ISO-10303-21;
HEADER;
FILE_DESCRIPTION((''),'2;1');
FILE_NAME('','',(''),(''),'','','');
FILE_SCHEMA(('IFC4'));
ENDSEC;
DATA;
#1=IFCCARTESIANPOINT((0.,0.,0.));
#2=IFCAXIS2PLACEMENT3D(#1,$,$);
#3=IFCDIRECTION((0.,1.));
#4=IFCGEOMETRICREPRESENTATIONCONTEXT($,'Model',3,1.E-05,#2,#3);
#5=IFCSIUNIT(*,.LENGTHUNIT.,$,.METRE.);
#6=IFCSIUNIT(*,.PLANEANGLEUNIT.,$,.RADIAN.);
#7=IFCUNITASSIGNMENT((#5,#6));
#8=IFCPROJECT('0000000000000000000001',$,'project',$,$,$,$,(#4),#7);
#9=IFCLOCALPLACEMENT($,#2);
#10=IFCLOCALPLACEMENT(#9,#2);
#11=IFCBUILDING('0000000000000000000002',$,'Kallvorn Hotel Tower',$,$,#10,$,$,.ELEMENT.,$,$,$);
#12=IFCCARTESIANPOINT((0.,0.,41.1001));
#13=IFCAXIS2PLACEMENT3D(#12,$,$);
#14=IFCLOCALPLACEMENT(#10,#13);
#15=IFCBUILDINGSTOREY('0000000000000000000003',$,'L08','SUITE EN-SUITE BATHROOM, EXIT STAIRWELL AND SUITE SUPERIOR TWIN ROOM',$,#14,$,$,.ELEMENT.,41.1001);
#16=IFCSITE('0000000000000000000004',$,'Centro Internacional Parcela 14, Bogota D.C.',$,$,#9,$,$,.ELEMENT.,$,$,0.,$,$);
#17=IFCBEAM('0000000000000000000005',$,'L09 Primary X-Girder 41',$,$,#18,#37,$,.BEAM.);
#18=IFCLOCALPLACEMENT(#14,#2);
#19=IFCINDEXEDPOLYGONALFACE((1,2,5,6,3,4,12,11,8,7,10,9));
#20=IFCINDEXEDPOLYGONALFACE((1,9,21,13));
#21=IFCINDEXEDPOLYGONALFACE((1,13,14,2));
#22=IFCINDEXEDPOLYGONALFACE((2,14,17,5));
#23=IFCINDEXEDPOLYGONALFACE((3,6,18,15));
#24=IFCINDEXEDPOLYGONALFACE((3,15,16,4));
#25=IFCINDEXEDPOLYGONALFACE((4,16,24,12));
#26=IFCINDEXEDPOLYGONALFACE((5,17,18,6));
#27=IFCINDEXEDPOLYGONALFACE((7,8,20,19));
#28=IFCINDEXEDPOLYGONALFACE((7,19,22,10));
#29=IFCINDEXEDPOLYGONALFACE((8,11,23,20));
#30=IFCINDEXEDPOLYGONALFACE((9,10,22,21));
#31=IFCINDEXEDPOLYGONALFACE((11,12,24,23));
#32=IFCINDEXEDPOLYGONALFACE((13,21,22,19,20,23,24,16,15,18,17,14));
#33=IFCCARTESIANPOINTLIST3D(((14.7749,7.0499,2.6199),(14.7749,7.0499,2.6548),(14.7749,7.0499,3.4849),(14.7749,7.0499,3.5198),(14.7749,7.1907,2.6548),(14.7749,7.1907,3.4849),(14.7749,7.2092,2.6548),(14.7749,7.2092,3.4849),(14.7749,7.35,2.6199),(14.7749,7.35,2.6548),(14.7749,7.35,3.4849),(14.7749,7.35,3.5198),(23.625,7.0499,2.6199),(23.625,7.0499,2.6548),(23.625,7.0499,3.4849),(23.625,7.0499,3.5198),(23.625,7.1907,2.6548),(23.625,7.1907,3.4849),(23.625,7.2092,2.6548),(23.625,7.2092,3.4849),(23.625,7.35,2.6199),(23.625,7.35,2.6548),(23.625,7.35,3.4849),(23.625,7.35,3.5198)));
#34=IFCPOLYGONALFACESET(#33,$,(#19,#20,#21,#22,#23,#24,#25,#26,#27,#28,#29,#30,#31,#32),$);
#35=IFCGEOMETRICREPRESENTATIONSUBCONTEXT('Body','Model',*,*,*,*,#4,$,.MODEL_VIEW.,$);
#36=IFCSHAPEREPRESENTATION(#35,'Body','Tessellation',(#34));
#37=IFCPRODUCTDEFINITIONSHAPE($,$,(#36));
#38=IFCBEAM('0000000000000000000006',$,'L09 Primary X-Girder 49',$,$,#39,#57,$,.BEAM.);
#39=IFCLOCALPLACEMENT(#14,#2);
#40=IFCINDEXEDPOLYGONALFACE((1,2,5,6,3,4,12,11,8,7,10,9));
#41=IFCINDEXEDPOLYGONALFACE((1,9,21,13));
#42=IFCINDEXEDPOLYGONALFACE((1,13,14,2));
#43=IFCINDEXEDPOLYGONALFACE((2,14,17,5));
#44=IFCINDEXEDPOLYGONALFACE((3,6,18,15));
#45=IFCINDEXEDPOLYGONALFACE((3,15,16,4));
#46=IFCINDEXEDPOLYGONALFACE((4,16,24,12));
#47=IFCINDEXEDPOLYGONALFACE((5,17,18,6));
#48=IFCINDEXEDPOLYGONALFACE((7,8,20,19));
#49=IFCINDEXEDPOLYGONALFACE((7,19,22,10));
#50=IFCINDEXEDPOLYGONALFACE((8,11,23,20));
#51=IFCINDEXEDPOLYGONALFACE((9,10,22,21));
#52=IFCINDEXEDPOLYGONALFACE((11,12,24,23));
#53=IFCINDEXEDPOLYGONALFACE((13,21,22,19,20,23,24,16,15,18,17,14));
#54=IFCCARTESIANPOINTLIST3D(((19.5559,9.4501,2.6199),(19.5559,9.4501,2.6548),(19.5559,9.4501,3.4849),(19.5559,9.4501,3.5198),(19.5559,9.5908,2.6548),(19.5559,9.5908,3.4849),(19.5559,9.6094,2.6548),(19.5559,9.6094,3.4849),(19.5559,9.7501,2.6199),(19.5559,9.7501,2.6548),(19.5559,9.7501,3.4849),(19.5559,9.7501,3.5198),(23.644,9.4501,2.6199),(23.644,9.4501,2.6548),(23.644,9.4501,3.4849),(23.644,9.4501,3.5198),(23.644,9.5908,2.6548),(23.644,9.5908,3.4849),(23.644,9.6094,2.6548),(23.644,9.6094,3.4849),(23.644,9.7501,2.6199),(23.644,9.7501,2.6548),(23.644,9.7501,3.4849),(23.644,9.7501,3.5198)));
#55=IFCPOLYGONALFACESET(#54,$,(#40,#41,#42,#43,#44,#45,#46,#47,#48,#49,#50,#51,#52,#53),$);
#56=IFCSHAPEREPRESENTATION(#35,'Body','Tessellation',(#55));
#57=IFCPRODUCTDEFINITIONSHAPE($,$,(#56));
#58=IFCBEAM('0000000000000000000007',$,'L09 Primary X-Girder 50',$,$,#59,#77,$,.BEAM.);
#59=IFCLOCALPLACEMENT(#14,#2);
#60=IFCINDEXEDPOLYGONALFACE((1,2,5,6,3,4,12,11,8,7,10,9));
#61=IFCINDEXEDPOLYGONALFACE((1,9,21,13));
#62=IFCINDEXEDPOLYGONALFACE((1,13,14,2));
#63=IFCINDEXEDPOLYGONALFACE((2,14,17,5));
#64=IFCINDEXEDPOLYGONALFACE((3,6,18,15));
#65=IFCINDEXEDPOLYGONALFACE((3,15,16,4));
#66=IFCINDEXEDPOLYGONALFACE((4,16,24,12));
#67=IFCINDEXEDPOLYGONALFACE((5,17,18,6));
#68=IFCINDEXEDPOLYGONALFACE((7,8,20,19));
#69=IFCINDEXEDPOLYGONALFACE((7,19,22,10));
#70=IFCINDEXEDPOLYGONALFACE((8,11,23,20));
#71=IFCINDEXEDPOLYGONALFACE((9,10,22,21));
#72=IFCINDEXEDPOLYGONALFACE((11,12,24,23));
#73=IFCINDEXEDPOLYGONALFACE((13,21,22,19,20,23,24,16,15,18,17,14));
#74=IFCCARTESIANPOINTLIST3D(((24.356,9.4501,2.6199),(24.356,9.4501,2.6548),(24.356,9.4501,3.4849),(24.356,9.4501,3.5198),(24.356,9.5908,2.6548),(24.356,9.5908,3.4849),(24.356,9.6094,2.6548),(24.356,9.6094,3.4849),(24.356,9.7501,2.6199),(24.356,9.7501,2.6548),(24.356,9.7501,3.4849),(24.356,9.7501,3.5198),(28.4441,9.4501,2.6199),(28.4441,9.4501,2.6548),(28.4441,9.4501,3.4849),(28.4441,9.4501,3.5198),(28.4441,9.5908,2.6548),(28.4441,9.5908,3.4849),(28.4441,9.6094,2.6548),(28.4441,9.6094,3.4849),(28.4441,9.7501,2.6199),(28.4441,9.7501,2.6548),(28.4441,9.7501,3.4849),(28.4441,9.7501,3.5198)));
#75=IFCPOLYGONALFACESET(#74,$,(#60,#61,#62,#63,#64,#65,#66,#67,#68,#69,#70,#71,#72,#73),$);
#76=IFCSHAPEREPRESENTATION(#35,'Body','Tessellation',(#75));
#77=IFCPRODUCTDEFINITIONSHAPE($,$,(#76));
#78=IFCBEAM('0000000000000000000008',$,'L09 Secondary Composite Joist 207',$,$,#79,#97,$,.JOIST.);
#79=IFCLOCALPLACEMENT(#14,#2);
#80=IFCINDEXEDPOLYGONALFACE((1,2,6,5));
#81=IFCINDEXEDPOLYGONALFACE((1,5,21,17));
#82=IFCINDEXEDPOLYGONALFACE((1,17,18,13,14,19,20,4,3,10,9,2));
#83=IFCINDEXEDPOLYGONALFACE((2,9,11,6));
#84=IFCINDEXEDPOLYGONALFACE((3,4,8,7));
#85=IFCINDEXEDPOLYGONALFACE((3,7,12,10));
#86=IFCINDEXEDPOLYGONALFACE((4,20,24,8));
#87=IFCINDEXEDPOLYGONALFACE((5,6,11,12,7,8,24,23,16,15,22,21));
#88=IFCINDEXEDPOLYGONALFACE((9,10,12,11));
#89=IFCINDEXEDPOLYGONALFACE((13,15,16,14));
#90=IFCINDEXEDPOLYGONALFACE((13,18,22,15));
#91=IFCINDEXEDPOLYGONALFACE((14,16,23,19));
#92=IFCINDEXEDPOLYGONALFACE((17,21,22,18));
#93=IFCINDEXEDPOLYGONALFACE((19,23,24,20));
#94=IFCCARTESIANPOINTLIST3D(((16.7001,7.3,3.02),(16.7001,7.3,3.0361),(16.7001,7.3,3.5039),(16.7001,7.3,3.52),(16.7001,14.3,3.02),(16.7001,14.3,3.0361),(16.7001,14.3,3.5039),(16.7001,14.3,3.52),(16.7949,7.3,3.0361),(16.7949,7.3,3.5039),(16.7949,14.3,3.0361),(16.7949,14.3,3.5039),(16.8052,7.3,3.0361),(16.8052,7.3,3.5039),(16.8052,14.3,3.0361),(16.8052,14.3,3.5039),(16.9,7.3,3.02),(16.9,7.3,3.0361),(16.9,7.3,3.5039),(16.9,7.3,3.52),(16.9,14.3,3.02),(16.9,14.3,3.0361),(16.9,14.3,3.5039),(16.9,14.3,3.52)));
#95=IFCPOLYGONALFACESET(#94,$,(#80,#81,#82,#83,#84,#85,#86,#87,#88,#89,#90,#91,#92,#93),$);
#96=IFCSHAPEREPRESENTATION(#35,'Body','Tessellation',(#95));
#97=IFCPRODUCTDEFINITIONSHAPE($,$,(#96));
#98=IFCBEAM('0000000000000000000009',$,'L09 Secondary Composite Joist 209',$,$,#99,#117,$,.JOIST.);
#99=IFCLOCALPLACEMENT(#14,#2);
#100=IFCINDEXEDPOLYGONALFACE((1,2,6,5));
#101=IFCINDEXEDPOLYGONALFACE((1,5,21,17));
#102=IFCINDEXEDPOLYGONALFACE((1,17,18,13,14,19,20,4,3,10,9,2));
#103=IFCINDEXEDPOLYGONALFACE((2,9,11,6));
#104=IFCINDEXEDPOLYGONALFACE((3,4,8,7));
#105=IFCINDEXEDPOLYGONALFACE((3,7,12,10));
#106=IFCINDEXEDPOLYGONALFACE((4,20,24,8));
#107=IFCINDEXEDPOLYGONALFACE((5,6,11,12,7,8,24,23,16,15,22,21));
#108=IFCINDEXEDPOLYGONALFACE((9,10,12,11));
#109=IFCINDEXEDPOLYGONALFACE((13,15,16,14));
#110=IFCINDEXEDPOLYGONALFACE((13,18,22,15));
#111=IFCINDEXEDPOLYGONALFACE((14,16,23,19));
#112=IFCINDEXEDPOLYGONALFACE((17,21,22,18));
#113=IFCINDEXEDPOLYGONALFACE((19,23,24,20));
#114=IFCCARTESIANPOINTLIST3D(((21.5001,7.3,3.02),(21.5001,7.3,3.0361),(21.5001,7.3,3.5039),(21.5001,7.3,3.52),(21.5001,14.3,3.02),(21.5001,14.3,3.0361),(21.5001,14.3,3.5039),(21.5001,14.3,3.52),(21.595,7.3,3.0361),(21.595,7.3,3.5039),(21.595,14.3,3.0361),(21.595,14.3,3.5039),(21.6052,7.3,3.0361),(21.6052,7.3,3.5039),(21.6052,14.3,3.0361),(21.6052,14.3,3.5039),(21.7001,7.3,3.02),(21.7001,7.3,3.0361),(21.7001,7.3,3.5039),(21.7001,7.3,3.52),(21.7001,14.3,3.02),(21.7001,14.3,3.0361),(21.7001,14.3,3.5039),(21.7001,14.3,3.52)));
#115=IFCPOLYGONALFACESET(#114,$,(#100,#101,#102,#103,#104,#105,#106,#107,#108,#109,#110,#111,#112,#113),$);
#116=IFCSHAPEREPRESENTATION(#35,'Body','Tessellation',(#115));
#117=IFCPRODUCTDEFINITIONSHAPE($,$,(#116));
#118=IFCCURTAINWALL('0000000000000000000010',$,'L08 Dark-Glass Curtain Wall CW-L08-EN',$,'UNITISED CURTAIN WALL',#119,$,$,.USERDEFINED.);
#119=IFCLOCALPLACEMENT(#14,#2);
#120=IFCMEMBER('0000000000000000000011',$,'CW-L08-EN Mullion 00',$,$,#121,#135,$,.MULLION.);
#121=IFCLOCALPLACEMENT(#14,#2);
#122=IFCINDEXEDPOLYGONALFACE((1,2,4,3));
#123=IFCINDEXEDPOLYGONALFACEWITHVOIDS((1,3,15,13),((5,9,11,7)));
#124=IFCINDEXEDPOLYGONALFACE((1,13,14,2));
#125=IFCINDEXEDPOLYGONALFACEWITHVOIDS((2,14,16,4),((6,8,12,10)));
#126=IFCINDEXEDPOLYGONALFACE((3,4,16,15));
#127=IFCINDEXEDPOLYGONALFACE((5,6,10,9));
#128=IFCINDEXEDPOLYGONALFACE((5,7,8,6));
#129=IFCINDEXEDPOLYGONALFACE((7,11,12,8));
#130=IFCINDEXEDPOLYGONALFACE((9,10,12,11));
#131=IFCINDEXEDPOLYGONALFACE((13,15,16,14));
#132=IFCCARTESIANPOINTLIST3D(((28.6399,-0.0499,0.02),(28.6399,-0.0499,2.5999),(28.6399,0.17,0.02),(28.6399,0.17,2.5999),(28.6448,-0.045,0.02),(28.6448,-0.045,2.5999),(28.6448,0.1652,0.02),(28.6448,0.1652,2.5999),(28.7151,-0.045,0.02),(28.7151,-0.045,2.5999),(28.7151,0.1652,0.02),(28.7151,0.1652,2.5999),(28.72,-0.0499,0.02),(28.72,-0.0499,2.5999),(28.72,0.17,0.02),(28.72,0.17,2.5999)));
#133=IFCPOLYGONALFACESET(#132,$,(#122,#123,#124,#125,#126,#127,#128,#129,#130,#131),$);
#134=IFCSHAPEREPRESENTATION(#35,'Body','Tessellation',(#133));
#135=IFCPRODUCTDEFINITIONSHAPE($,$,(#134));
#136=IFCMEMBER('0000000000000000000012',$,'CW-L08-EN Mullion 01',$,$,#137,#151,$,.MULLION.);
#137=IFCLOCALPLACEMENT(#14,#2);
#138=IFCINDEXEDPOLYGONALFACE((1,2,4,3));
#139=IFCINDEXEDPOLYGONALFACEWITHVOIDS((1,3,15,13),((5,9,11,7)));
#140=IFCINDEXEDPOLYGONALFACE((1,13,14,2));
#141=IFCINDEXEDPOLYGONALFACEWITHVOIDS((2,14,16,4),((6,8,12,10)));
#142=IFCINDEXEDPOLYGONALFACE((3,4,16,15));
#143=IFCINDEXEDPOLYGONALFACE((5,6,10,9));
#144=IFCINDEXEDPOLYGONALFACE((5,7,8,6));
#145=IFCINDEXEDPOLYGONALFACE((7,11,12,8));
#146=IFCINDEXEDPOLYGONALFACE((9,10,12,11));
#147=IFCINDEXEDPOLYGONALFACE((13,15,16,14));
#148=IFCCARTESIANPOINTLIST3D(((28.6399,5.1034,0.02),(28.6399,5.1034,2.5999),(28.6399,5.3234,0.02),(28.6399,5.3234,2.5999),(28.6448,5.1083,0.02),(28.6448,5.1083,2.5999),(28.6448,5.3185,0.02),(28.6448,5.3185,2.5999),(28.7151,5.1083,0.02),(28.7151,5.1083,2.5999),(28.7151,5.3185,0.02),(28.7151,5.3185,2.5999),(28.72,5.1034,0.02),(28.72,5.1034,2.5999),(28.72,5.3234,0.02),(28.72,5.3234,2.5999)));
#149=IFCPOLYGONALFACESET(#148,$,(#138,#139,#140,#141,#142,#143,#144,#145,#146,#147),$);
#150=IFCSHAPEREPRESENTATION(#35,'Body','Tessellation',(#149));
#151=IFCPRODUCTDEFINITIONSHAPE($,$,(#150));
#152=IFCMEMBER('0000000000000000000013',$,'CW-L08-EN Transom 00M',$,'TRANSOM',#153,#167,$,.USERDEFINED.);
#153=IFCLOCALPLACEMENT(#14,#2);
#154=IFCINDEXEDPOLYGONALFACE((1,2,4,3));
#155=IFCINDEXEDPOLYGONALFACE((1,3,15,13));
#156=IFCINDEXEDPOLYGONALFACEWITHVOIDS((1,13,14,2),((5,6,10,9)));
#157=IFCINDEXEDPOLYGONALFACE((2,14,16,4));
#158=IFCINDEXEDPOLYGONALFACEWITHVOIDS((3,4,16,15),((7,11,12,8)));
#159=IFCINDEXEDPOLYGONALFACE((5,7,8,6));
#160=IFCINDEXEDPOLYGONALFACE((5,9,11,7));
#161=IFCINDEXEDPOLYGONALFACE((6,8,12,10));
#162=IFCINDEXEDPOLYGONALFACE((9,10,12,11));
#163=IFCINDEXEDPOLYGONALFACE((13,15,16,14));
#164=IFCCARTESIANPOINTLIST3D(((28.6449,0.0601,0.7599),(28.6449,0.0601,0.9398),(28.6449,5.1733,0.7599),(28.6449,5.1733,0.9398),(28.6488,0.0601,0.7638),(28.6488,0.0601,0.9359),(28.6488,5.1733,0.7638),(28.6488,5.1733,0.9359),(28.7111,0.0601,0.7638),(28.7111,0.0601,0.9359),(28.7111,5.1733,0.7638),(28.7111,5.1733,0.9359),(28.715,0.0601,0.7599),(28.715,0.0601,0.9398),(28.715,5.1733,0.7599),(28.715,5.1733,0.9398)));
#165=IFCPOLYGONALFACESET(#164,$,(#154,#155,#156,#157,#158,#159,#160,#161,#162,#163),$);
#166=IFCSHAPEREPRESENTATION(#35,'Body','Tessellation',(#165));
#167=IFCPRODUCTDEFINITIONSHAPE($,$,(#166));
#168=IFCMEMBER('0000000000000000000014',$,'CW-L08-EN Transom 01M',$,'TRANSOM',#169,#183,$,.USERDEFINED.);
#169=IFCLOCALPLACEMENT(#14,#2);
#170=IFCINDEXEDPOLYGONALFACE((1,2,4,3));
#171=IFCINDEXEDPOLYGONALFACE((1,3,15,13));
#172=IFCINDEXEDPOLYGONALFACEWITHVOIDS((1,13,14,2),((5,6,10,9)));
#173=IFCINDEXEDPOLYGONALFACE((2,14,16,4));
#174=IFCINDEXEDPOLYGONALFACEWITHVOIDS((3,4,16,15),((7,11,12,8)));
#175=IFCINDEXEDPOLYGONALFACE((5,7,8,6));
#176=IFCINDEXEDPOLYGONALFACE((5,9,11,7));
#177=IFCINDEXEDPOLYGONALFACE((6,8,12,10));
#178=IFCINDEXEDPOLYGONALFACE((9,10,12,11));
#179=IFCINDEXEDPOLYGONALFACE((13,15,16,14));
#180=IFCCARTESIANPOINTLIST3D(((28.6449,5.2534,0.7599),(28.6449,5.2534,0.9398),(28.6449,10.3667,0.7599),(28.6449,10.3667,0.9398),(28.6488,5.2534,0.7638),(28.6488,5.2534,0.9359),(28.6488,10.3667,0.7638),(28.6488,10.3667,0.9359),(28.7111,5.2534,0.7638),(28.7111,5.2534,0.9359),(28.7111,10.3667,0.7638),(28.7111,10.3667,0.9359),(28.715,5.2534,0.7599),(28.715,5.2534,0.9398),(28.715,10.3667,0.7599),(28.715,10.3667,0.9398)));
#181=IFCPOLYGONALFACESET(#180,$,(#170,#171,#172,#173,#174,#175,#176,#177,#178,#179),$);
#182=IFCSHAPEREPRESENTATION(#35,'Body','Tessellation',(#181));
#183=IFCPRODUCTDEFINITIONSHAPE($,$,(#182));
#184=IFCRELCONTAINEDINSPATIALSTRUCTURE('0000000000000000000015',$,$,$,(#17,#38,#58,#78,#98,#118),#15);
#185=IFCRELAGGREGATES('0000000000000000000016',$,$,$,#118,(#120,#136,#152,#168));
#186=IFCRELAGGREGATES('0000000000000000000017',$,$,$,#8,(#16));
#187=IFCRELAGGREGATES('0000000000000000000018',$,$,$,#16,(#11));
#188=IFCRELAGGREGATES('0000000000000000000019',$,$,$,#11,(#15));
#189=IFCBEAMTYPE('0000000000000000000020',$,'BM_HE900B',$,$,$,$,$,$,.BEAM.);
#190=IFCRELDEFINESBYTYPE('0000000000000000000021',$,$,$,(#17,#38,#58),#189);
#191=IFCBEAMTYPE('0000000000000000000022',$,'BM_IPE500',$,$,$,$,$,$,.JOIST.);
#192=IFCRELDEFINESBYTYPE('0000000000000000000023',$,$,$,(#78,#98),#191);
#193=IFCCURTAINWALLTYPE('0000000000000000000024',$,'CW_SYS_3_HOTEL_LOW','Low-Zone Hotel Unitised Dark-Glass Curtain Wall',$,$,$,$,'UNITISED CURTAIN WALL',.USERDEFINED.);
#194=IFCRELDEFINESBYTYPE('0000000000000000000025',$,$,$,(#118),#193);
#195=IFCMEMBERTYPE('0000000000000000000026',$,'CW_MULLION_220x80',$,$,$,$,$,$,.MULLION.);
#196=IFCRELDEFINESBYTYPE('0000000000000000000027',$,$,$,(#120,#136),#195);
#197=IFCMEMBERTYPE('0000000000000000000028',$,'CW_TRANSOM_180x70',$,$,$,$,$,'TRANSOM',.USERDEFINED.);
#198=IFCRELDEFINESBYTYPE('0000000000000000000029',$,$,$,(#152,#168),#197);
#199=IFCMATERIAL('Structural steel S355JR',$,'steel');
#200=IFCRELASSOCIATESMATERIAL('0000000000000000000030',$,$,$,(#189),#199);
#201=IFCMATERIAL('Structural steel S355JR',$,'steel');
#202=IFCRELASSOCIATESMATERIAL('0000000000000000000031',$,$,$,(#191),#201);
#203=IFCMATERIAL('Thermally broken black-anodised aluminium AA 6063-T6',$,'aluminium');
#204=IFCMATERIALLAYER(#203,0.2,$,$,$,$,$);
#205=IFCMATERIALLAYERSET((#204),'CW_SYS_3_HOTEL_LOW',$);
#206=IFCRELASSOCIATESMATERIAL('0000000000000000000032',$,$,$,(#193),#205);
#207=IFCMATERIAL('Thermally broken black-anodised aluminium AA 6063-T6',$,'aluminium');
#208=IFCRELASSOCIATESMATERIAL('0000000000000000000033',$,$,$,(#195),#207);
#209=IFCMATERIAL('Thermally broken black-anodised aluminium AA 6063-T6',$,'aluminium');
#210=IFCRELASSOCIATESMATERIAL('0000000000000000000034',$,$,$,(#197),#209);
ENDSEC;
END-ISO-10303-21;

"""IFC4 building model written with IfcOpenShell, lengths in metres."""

from ifc_helpers import new_model, si_unit, direction, frame, origin, origin_2d, place, context, subcontext, project, spatial, hollow_rectangle, i_section, extrude, material, layer, layer_set, material_profile, profile_set, type_object, element, aggregate, save


model = new_model("IFC4")

# Units and contexts
model_context = context("Model", 3, precision=1e-05, world=origin(), true_north=direction((0.0, 1.0)))
body_context = subcontext(model_context, "Body", "Model", "MODEL_VIEW")
ifc_project = project(units=[si_unit("LENGTHUNIT", "METRE"), si_unit("PLANEANGLEUNIT", "RADIAN")], contexts=[model_context])

# Site, building, storey
site_placement = place(None, origin())
site = spatial("IfcSite", under=ifc_project, at=site_placement, Name="Centro Internacional Parcela 14, Bogota D.C.", CompositionType="ELEMENT", RefElevation=0.0)
building_placement = place(site_placement, origin())
building = spatial("IfcBuilding", under=site, at=building_placement, Name="Kallvorn Hotel Tower", CompositionType="ELEMENT")
storey_placement = place(building_placement, frame((0.0, 0.0, 41.1001)))
storey = spatial("IfcBuildingStorey", under=building, at=storey_placement, Name="L08", Description="SUITE EN-SUITE BATHROOM, EXIT STAIRWELL AND SUITE SUPERIOR TWIN ROOM", CompositionType="ELEMENT", Elevation=41.1001)

# Beams
ifc_material_1 = material(Name="Structural steel S355JR", Category="steel")
ifc_material_profile_1 = material_profile(ifc_material_1, i_section(OverallWidth=0.3, OverallDepth=0.8999, WebThickness=0.0186, FlangeThickness=0.0349, at=origin_2d()), Name="HE 900 B")
ifc_profile_set_1 = profile_set([ifc_material_profile_1], Name="Structural steel S355JR")
beam_type_1 = type_object("IfcBeamType", Name="BM_HE900B", PredefinedType="BEAM", material=ifc_profile_set_1)
beam_1_placement = place(storey_placement, frame((14.7749, 7.2, 3.0698), z_axis=(1.0, 0.0, 0.0), x_axis=(0.0, 1.0, 0.0)))
element("IfcBeam", 1, at=beam_1_placement, inside=storey, type_object=beam_type_1, Name="L09 Primary X-Girder 41", PredefinedType="BEAM", context=body_context, shape_type="SweptSolid", body=[
    extrude(i_section(OverallWidth=0.3, OverallDepth=0.8999, WebThickness=0.0186, FlangeThickness=0.0349, at=origin_2d()), origin(), (0.0, 0.0, 1.0), 8.8501),
])
for number, where, z_axis, x_axis, name in (
    (2, (19.5559, 9.6001, 3.0698), (1.0, 0.0, 0.0), (0.0, 1.0, 0.0), "L09 Primary X-Girder 49"),
    (3, (24.356, 9.6001, 3.0698), (1.0, 0.0, 0.0), (0.0, 1.0, 0.0), "L09 Primary X-Girder 50"),
):
    element("IfcBeam", number, at=place(storey_placement, frame(where, z_axis=z_axis, x_axis=x_axis)), inside=storey, type_object=beam_type_1, Name=name, PredefinedType="BEAM", context=body_context, shape_type="SweptSolid", body=[
        extrude(i_section(OverallWidth=0.3, OverallDepth=0.8999, WebThickness=0.0186, FlangeThickness=0.0349, at=origin_2d()), origin(), (0.0, 0.0, 1.0), 4.0881),
    ])
ifc_material_2 = material(Name="Structural steel S355JR", Category="steel")
ifc_material_profile_2 = material_profile(ifc_material_2, i_section(OverallWidth=0.2, OverallDepth=0.5, WebThickness=0.0103, FlangeThickness=0.0161, at=origin_2d()), Name="IPE 500")
ifc_profile_set_2 = profile_set([ifc_material_profile_2], Name="Structural steel S355JR")
beam_type_2 = type_object("IfcBeamType", Name="BM_IPE500", PredefinedType="JOIST", material=ifc_profile_set_2)
for number, where, z_axis, x_axis, name in (
    (4, (16.8, 7.3, 3.27), (0.0, 1.0, 0.0), (-1.0, 0.0, 0.0), "L09 Secondary Composite Joist 207"),
    (5, (21.6001, 7.3, 3.27), (0.0, 1.0, 0.0), (-1.0, 0.0, 0.0), "L09 Secondary Composite Joist 209"),
):
    element("IfcBeam", number, at=place(storey_placement, frame(where, z_axis=z_axis, x_axis=x_axis)), inside=storey, type_object=beam_type_2, Name=name, PredefinedType="JOIST", context=body_context, shape_type="SweptSolid", body=[
        extrude(i_section(OverallWidth=0.2, OverallDepth=0.5, WebThickness=0.0103, FlangeThickness=0.0161, at=origin_2d()), origin(), (0.0, 0.0, 1.0), 7.0),
    ])

# Curtain wall, members
ifc_material_3 = material(Name="Thermally broken black-anodised aluminium AA 6063-T6", Category="aluminium")
ifc_layer_1 = layer(ifc_material_3, 0.2)
ifc_layer_set_1 = layer_set([ifc_layer_1], Name="CW_SYS_3_HOTEL_LOW")
curtain_wall_type = type_object("IfcCurtainWallType", Name="CW_SYS_3_HOTEL_LOW", Description="Low-Zone Hotel Unitised Dark-Glass Curtain Wall", ElementType="UNITISED CURTAIN WALL", PredefinedType="USERDEFINED", material=ifc_layer_set_1)
curtain_wall_placement = place(storey_placement, origin())
curtain_wall = element("IfcCurtainWall", 6, at=curtain_wall_placement, inside=storey, type_object=curtain_wall_type, Name="L08 Dark-Glass Curtain Wall CW-L08-EN", ObjectType="UNITISED CURTAIN WALL", PredefinedType="USERDEFINED")
ifc_material_4 = material(Name="Thermally broken black-anodised aluminium AA 6063-T6", Category="aluminium")
ifc_material_profile_3 = material_profile(ifc_material_4, hollow_rectangle(XDim=0.0801, YDim=0.22, WallThickness=0.0049, at=origin_2d()), Name="MUL 220x80")
ifc_profile_set_3 = profile_set([ifc_material_profile_3], Name="Thermally broken black-anodised aluminium AA 6063-T6")
member_type_1 = type_object("IfcMemberType", Name="CW_MULLION_220x80", PredefinedType="MULLION", material=ifc_profile_set_3)
member_1_placement = place(storey_placement, frame((28.6799, 0.0601, 0.02), z_axis=(0.0, 0.0, 1.0), x_axis=(1.0, 0.0, 0.0)))
member_1 = element("IfcMember", 7, at=member_1_placement, type_object=member_type_1, Name="CW-L08-EN Mullion 00", PredefinedType="MULLION", context=body_context, shape_type="SweptSolid", body=[
    extrude(hollow_rectangle(XDim=0.0801, YDim=0.22, WallThickness=0.0049, at=origin_2d()), origin(), (0.0, 0.0, 1.0), 2.5798),
])
member_2_placement = place(storey_placement, frame((28.6799, 5.2134, 0.02), z_axis=(0.0, 0.0, 1.0), x_axis=(1.0, 0.0, 0.0)))
member_2 = element("IfcMember", 8, at=member_2_placement, type_object=member_type_1, Name="CW-L08-EN Mullion 01", PredefinedType="MULLION", context=body_context, shape_type="SweptSolid", body=[
    extrude(hollow_rectangle(XDim=0.0801, YDim=0.22, WallThickness=0.0049, at=origin_2d()), origin(), (0.0, 0.0, 1.0), 2.5798),
])
ifc_material_5 = material(Name="Thermally broken black-anodised aluminium AA 6063-T6", Category="aluminium")
ifc_material_profile_4 = material_profile(ifc_material_5, hollow_rectangle(XDim=0.0701, YDim=0.1799, WallThickness=0.0039, at=origin_2d()), Name="TRN 180x70")
ifc_profile_set_4 = profile_set([ifc_material_profile_4], Name="Thermally broken black-anodised aluminium AA 6063-T6")
member_type_2 = type_object("IfcMemberType", Name="CW_TRANSOM_180x70", ElementType="TRANSOM", PredefinedType="USERDEFINED", material=ifc_profile_set_4)
member_3_placement = place(storey_placement, frame((28.6799, 0.0601, 0.8499), z_axis=(0.0, 1.0, 0.0), x_axis=(-1.0, 0.0, 0.0)))
member_3 = element("IfcMember", 9, at=member_3_placement, type_object=member_type_2, Name="CW-L08-EN Transom 00M", ObjectType="TRANSOM", PredefinedType="USERDEFINED", context=body_context, shape_type="SweptSolid", body=[
    extrude(hollow_rectangle(XDim=0.0701, YDim=0.1799, WallThickness=0.0039, at=origin_2d()), origin(), (0.0, 0.0, 1.0), 5.1133),
])
member_4_placement = place(storey_placement, frame((28.6799, 5.2534, 0.8499), z_axis=(0.0, 1.0, 0.0), x_axis=(-1.0, 0.0, 0.0)))
member_4 = element("IfcMember", 10, at=member_4_placement, type_object=member_type_2, Name="CW-L08-EN Transom 01M", ObjectType="TRANSOM", PredefinedType="USERDEFINED", context=body_context, shape_type="SweptSolid", body=[
    extrude(hollow_rectangle(XDim=0.0701, YDim=0.1799, WallThickness=0.0039, at=origin_2d()), origin(), (0.0, 0.0, 1.0), 5.1133),
])
aggregate(curtain_wall, [member_1, member_2, member_3, member_4])

save(model, "model.ifc")
